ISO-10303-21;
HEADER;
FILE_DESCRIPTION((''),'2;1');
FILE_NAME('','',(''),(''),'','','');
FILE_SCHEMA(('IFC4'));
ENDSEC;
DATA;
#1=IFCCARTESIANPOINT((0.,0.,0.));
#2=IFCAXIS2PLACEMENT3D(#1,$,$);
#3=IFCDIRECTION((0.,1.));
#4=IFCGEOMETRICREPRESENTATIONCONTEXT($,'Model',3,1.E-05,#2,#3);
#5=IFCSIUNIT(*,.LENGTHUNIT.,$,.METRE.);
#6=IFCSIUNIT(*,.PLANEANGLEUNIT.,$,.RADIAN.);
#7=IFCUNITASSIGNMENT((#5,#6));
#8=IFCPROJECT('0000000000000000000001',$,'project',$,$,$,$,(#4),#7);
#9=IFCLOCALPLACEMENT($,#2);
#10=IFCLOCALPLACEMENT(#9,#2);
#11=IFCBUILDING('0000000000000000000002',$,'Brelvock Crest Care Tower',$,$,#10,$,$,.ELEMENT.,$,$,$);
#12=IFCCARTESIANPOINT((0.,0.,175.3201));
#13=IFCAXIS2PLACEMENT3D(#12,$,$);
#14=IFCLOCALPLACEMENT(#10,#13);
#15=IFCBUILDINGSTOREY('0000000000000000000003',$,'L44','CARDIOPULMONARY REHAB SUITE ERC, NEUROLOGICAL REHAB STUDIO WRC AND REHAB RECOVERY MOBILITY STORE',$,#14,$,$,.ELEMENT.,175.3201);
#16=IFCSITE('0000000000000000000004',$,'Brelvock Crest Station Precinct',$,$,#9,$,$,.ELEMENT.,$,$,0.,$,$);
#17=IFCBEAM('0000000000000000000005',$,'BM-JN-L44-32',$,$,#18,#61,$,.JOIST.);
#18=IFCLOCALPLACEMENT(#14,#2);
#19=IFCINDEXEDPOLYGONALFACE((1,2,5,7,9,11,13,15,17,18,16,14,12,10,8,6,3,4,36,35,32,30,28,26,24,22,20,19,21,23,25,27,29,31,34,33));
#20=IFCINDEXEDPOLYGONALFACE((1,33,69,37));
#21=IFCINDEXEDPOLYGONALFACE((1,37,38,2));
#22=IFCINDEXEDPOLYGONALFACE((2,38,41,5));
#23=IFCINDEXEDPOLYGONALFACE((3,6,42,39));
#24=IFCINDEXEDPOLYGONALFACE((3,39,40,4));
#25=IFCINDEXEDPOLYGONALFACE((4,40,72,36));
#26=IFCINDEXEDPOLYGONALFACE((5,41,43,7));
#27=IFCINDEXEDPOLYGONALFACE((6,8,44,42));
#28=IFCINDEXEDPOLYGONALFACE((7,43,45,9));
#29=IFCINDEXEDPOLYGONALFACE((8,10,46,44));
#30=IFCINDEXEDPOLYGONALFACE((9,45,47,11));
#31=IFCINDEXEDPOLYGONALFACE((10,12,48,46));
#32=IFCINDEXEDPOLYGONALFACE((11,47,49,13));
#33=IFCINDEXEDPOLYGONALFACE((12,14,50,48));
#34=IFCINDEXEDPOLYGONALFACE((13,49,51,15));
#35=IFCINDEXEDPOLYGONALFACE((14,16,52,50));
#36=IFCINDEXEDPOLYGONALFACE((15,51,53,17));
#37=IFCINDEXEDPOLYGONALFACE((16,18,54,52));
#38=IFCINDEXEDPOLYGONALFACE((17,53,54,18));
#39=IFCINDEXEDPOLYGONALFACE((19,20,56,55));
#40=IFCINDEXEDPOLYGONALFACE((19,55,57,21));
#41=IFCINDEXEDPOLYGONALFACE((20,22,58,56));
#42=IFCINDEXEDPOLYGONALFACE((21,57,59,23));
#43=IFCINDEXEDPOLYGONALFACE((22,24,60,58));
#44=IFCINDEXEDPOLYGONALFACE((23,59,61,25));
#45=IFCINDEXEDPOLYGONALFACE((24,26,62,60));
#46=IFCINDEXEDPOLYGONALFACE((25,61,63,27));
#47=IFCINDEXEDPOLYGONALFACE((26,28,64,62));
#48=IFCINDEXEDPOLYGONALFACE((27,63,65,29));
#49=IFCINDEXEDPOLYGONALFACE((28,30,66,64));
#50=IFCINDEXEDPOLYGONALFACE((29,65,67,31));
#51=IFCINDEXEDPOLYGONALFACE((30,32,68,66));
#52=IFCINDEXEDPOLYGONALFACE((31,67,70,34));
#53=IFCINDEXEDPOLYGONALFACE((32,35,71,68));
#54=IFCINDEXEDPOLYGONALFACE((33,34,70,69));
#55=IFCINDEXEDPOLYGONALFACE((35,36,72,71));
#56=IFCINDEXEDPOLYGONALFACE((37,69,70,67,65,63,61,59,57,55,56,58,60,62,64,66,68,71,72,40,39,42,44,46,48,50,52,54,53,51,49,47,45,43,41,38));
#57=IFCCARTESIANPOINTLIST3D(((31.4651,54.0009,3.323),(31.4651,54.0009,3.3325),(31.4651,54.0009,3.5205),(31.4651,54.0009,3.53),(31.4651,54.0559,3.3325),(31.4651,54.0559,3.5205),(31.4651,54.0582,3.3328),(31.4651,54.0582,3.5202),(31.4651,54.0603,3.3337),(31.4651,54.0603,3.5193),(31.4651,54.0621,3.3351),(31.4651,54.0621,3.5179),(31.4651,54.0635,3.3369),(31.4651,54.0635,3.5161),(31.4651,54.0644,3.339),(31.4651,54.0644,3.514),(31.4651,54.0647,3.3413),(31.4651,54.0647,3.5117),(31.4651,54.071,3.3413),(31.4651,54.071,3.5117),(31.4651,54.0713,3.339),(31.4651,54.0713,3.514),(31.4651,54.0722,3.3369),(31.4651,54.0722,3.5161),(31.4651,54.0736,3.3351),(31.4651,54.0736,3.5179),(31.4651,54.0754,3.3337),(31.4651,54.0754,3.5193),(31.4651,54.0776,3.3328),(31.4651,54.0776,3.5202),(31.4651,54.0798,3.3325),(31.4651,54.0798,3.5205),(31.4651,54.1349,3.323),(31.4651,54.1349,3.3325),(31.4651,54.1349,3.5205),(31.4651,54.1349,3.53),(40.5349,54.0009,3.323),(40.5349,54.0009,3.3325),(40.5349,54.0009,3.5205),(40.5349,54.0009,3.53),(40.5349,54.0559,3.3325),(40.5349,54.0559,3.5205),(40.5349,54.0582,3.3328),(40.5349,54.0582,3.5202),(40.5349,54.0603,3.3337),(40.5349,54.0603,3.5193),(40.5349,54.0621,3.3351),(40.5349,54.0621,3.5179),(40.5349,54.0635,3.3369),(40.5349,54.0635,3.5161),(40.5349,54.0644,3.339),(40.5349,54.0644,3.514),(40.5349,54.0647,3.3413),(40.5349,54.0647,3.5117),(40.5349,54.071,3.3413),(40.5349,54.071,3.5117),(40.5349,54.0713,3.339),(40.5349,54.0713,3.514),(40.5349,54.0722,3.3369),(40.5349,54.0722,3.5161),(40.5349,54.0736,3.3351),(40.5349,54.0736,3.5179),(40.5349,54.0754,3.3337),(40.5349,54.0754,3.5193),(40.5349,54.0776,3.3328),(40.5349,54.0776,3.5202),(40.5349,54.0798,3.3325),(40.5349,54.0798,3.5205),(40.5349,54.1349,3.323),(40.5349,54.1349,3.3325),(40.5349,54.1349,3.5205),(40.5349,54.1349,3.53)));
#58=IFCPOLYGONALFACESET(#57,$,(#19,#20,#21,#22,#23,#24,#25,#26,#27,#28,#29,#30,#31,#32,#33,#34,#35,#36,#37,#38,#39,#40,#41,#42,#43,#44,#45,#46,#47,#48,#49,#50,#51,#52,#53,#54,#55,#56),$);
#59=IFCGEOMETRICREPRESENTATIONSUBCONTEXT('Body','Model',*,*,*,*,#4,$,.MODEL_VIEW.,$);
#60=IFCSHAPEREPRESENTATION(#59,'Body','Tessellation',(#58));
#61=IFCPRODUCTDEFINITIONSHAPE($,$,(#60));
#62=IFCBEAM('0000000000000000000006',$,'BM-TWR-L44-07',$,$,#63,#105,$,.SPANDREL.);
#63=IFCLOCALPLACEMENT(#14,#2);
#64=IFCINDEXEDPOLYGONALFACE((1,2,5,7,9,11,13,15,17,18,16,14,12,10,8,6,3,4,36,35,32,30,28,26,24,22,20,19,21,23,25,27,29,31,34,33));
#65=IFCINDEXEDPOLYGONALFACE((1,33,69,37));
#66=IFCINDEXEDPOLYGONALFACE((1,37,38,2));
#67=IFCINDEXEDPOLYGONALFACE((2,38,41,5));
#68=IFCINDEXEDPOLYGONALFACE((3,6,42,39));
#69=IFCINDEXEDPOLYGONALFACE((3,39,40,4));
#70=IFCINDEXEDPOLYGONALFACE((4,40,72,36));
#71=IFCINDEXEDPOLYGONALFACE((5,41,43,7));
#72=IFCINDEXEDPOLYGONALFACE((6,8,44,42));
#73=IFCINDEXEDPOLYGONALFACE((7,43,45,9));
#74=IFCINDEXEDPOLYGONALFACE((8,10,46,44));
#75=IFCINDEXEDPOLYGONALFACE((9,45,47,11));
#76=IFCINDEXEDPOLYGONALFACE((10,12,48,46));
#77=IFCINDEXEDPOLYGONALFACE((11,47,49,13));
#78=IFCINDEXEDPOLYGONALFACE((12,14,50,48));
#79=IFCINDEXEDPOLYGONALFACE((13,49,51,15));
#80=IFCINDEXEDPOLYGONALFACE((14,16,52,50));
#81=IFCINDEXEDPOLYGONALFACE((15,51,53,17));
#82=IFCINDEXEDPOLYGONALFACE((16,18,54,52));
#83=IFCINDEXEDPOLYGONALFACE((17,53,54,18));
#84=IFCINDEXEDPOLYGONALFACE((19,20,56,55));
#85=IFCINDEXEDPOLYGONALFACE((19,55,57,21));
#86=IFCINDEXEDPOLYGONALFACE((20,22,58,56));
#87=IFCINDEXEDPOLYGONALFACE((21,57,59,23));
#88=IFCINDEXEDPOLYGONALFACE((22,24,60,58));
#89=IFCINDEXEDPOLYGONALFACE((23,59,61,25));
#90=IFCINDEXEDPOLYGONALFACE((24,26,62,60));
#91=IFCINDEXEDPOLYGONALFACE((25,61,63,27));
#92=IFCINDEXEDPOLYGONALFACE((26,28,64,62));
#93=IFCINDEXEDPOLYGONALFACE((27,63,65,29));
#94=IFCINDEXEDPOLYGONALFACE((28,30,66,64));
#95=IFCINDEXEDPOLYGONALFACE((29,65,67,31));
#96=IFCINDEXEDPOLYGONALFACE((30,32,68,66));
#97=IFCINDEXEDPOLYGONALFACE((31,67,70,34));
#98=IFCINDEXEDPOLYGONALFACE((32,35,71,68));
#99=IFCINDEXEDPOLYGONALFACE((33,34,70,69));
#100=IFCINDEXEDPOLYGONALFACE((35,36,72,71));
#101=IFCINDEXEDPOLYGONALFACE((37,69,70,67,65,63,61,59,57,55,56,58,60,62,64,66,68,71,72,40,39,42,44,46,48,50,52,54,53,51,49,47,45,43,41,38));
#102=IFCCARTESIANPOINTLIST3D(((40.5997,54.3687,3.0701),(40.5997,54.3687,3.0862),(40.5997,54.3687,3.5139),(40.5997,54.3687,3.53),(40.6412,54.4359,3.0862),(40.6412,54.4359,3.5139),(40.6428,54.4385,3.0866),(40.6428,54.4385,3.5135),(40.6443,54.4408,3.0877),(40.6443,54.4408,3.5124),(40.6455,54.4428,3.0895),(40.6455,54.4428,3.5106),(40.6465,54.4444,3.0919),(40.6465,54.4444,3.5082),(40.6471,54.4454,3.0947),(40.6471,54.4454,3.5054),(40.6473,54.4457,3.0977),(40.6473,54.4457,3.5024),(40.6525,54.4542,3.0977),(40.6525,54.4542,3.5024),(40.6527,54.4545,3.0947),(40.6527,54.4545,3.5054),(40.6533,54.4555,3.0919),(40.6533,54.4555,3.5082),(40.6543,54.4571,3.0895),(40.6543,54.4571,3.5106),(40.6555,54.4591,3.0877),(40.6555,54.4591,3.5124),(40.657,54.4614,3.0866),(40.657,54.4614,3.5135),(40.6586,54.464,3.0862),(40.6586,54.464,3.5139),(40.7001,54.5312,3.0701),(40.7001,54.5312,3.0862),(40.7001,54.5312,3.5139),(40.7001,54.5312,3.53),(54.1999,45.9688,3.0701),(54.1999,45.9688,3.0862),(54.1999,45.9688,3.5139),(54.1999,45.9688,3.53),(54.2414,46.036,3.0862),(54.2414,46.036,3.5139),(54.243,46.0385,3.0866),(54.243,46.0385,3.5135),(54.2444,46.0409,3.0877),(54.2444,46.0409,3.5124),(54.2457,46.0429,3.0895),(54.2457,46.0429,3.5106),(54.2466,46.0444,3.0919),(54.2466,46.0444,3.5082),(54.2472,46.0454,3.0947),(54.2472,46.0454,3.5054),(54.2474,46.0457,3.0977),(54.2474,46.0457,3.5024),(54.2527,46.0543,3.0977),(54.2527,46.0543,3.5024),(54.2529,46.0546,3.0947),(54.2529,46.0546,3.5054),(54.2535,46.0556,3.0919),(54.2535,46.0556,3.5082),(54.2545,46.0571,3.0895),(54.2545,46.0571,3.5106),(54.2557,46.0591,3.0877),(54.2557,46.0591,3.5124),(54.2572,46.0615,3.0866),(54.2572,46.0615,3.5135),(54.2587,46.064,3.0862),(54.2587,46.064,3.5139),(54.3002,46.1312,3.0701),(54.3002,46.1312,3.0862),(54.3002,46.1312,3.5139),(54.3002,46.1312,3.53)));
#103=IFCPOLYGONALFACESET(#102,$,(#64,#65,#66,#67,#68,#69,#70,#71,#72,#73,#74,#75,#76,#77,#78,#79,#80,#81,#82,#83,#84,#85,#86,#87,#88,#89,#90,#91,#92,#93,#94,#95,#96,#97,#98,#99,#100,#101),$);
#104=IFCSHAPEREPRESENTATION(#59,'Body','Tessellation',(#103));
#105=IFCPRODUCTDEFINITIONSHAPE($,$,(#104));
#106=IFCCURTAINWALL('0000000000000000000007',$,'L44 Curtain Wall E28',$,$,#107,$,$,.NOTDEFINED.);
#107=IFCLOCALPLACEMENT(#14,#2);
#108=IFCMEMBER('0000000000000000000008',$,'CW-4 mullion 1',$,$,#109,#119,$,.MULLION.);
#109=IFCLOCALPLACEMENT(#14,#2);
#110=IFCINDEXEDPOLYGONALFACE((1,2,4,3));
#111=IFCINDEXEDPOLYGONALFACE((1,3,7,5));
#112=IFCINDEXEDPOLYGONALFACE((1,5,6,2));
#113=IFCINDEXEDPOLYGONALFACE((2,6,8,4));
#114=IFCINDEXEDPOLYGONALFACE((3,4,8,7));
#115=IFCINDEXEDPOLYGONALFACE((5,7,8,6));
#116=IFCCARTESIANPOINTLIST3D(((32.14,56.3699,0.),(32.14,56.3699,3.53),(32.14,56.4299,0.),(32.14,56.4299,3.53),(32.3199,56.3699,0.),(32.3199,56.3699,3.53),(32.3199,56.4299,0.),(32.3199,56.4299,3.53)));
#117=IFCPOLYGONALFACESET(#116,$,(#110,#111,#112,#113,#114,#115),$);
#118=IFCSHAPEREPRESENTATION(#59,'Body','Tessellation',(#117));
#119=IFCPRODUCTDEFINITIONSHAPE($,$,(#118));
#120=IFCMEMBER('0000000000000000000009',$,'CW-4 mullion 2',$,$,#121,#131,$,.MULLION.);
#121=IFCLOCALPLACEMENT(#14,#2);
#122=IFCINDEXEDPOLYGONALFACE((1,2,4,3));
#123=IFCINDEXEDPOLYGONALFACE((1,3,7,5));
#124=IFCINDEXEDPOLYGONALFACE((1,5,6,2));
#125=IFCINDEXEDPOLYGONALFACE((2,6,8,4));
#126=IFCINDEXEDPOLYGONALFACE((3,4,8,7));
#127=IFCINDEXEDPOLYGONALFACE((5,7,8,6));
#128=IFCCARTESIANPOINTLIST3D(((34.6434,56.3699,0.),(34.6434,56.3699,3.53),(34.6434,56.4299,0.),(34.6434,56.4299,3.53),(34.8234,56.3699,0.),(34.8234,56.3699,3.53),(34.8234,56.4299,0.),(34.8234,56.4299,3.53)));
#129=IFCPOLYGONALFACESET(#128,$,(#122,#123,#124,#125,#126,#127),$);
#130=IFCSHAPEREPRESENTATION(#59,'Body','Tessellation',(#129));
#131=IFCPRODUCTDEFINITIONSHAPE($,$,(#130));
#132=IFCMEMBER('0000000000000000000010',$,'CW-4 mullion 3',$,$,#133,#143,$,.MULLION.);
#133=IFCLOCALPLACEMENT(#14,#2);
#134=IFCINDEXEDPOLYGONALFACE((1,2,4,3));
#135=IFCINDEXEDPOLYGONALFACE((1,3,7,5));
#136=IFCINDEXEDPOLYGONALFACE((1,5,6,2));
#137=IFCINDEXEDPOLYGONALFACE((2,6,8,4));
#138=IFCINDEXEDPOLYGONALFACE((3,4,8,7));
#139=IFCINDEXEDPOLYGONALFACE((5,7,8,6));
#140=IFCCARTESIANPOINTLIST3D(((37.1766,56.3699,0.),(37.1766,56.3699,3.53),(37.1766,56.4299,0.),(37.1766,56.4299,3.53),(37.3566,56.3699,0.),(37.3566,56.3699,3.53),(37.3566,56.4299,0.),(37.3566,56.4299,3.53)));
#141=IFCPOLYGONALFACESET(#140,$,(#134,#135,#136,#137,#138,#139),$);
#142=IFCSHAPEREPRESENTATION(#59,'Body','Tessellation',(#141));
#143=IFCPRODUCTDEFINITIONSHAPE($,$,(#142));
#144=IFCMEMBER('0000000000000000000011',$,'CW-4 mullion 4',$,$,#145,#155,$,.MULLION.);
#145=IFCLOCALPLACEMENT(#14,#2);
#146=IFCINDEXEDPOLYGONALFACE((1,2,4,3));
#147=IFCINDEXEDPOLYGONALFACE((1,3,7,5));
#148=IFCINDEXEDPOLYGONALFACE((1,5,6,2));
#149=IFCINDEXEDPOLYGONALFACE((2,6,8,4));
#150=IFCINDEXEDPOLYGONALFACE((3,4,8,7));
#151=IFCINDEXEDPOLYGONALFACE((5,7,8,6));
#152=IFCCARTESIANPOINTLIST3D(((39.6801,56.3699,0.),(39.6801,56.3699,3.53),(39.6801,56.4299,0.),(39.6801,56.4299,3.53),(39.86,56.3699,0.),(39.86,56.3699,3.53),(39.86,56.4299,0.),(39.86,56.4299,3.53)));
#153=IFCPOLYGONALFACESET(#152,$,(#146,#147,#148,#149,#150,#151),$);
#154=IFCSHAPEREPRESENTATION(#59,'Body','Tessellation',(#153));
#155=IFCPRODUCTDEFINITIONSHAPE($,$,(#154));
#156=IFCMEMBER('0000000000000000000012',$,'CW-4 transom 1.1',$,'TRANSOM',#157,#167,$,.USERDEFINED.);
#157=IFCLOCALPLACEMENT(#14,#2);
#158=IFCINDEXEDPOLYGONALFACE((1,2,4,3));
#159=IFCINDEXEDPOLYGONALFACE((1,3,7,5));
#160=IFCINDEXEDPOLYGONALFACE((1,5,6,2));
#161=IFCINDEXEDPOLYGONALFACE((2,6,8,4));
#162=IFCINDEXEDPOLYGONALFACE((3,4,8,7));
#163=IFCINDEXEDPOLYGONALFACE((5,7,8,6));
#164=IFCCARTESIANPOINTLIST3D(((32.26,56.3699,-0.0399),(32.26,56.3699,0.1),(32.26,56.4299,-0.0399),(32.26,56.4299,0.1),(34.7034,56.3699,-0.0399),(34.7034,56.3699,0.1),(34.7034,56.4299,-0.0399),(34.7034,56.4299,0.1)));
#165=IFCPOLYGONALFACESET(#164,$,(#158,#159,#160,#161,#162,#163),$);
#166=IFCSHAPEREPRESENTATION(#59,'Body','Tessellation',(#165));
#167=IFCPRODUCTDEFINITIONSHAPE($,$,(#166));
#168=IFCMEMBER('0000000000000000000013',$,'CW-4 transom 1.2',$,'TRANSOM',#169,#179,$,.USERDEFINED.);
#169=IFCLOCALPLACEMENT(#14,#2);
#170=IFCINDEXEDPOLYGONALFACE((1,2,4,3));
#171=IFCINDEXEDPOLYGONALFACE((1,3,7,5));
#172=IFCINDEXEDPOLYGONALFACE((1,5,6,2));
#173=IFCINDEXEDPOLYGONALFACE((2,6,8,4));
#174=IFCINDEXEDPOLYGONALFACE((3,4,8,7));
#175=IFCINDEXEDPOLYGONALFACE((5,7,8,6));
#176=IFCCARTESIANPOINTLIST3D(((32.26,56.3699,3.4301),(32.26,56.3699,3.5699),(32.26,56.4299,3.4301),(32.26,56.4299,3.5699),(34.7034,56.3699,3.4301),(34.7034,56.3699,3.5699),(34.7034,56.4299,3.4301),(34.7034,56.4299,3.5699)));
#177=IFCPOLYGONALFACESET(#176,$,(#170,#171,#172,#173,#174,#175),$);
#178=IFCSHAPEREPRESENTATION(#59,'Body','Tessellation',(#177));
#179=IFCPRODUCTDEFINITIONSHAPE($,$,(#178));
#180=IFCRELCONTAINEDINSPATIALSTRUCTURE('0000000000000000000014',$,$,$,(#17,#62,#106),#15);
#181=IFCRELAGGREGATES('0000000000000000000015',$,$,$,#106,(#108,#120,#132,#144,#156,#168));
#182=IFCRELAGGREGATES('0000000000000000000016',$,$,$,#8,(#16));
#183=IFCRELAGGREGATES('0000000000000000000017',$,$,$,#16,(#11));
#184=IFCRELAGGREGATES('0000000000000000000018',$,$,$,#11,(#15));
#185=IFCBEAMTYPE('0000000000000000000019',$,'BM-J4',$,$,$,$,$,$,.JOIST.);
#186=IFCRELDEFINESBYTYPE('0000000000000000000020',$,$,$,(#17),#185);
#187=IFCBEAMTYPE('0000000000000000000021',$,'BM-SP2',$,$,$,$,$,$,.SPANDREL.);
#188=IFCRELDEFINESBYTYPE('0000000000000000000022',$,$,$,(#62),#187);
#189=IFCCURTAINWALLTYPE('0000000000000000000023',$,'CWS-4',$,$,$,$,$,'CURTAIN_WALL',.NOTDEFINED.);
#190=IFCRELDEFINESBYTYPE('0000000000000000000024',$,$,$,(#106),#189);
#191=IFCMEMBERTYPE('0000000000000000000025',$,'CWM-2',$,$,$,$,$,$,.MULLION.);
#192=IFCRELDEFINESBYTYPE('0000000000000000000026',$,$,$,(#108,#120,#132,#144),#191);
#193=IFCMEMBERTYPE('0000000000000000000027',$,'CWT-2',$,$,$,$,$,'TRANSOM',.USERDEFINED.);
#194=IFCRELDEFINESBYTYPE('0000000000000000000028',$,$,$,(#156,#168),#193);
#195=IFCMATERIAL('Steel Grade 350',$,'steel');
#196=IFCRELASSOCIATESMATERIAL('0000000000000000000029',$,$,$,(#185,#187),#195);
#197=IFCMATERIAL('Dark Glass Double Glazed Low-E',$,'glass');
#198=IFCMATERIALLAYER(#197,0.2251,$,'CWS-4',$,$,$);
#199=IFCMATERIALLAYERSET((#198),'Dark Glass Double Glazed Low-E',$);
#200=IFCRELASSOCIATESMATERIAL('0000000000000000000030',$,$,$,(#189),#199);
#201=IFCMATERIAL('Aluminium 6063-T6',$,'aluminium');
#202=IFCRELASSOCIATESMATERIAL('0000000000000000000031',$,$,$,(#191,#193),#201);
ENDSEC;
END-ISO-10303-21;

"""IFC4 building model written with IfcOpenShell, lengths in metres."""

from ifc_helpers import new_model, si_unit, direction, frame, origin, origin_2d, place, context, subcontext, project, spatial, rectangle, i_section, extrude, source, transform, mapped, material, layer, layer_set, material_profile, profile_set, type_object, element, aggregate, save


model = new_model("IFC4")

# Units and contexts
model_context = context("Model", 3, precision=1e-05, world=origin(), true_north=direction((0.0, 1.0)))
body_context = subcontext(model_context, "Body", "Model", "MODEL_VIEW")
ifc_project = project(units=[si_unit("LENGTHUNIT", "METRE"), si_unit("PLANEANGLEUNIT", "RADIAN")], contexts=[model_context])

# Site, building, storey
site_placement = place(None, origin())
site = spatial("IfcSite", under=ifc_project, at=site_placement, Name="Brelvock Crest Station Precinct", CompositionType="ELEMENT", RefElevation=0.0)
building_placement = place(site_placement, origin())
building = spatial("IfcBuilding", under=site, at=building_placement, Name="Brelvock Crest Care Tower", CompositionType="ELEMENT")
storey_placement = place(building_placement, frame((0.0, 0.0, 175.3201)))
storey = spatial("IfcBuildingStorey", under=building, at=storey_placement, Name="L44", Description="CARDIOPULMONARY REHAB SUITE ERC, NEUROLOGICAL REHAB STUDIO WRC AND REHAB RECOVERY MOBILITY STORE", CompositionType="ELEMENT", Elevation=175.3201)

# Shared definitions
ifc_material_1 = material(Name="Steel Grade 350", Category="steel")

# Beams
ifc_material_profile_1 = material_profile(ifc_material_1, i_section(OverallWidth=0.134, OverallDepth=0.207, WebThickness=0.0063, FlangeThickness=0.0095, FilletRadius=0.0088, at=origin_2d()), Name="200UB29.8")
ifc_profile_set_1 = profile_set([ifc_material_profile_1], Name="Steel Grade 350")
beam_type_1 = type_object("IfcBeamType", Name="BM-J4", PredefinedType="JOIST", material=ifc_profile_set_1)
shared_shape_1 = source(origin(), body_context, "Body", "SweptSolid", [
    extrude(i_section(OverallWidth=0.134, OverallDepth=0.207, WebThickness=0.0063, FlangeThickness=0.0095, FilletRadius=0.0088, at=origin_2d()), origin(), (0.0, 0.0, 1.0), 9.0698),
])
for number, where, z_axis, x_axis, name in (
    (1, (31.4651, 54.0679, 3.4265), (1.0, 0.0, 0.0), (0.0, 1.0, 0.0), "BM-JN-L44-32"),
):
    element("IfcBeam", number, at=place(storey_placement, frame(where, z_axis=z_axis, x_axis=x_axis)), inside=storey, type_object=beam_type_1, Name=name, PredefinedType="JOIST", context=body_context, shape_type="MappedRepresentation", body=[
        mapped(shared_shape_1, transform((0.0, 0.0, 0.0), x_axis=(1.0, 0.0, 0.0), y_axis=(0.0, 1.0, 0.0), z_axis=(0.0, 0.0, 1.0), scale=1.0)),
    ])
ifc_material_profile_2 = material_profile(ifc_material_1, i_section(OverallWidth=0.1909, OverallDepth=0.46, WebThickness=0.01, FlangeThickness=0.0161, FilletRadius=0.0115, at=origin_2d()), Name="460UB82.1")
ifc_profile_set_2 = profile_set([ifc_material_profile_2], Name="Steel Grade 350")
beam_type_2 = type_object("IfcBeamType", Name="BM-SP2", PredefinedType="SPANDREL", material=ifc_profile_set_2)
shared_shape_2 = source(origin(), body_context, "Body", "SweptSolid", [
    extrude(i_section(OverallWidth=0.1909, OverallDepth=0.46, WebThickness=0.01, FlangeThickness=0.0161, FilletRadius=0.0115, at=origin_2d()), origin(), (0.0, 0.0, 1.0), 15.9851),
])
beam_placement = place(storey_placement, frame((40.6499, 54.45, 3.3), z_axis=(0.850802, -0.525486, 0.0), x_axis=(0.525486, 0.850802, 0.0)))
element("IfcBeam", 2, at=beam_placement, inside=storey, type_object=beam_type_2, Name="BM-TWR-L44-07", PredefinedType="SPANDREL", context=body_context, shape_type="MappedRepresentation", body=[
    mapped(shared_shape_2, transform((0.0, 0.0, 0.0), x_axis=(1.0, 0.0, 0.0), y_axis=(0.0, 1.0, 0.0), z_axis=(0.0, 0.0, 1.0), scale=1.0)),
])

# Curtain wall, members
ifc_material_2 = material(Name="Dark Glass Double Glazed Low-E", Category="glass")
ifc_layer_1 = layer(ifc_material_2, 0.2251, Name="CWS-4")
ifc_layer_set_1 = layer_set([ifc_layer_1], Name="Dark Glass Double Glazed Low-E")
curtain_wall_type = type_object("IfcCurtainWallType", Name="CWS-4", ElementType="CURTAIN_WALL", PredefinedType="NOTDEFINED", material=ifc_layer_set_1)
curtain_wall_placement = place(storey_placement, origin())
curtain_wall = element("IfcCurtainWall", 3, at=curtain_wall_placement, inside=storey, type_object=curtain_wall_type, Name="L44 Curtain Wall E28", PredefinedType="NOTDEFINED")
ifc_material_3 = material(Name="Aluminium 6063-T6", Category="aluminium")
ifc_material_profile_3 = material_profile(ifc_material_3, rectangle(XDim=0.0601, YDim=0.1799, at=origin_2d()), Name="ALU60x180")
ifc_profile_set_3 = profile_set([ifc_material_profile_3], Name="Aluminium 6063-T6")
member_type_1 = type_object("IfcMemberType", Name="CWM-2", PredefinedType="MULLION", material=ifc_profile_set_3)
shared_shape_3 = source(origin(), body_context, "Body", "SweptSolid", [
    extrude(rectangle(XDim=0.0601, YDim=0.1799, at=origin_2d()), origin(), (0.0, 0.0, 1.0), 3.53),
])
member_1_placement = place(storey_placement, frame((32.23, 56.3999, 0.0), z_axis=(0.0, 0.0, 1.0), x_axis=(0.0, 1.0, 0.0)))
member_1 = element("IfcMember", 4, at=member_1_placement, type_object=member_type_1, Name="CW-4 mullion 1", PredefinedType="MULLION", context=body_context, shape_type="MappedRepresentation", body=[
    mapped(shared_shape_3, transform((0.0, 0.0, 0.0), x_axis=(1.0, 0.0, 0.0), y_axis=(0.0, 1.0, 0.0), z_axis=(0.0, 0.0, 1.0), scale=1.0)),
])
member_2_placement = place(storey_placement, frame((34.7334, 56.3999, 0.0), z_axis=(0.0, 0.0, 1.0), x_axis=(0.0, 1.0, 0.0)))
member_2 = element("IfcMember", 5, at=member_2_placement, type_object=member_type_1, Name="CW-4 mullion 2", PredefinedType="MULLION", context=body_context, shape_type="MappedRepresentation", body=[
    mapped(shared_shape_3, transform((0.0, 0.0, 0.0), x_axis=(1.0, 0.0, 0.0), y_axis=(0.0, 1.0, 0.0), z_axis=(0.0, 0.0, 1.0), scale=1.0)),
])
member_3_placement = place(storey_placement, frame((37.2666, 56.3999, 0.0), z_axis=(0.0, 0.0, 1.0), x_axis=(0.0, 1.0, 0.0)))
member_3 = element("IfcMember", 6, at=member_3_placement, type_object=member_type_1, Name="CW-4 mullion 3", PredefinedType="MULLION", context=body_context, shape_type="MappedRepresentation", body=[
    mapped(shared_shape_3, transform((0.0, 0.0, 0.0), x_axis=(1.0, 0.0, 0.0), y_axis=(0.0, 1.0, 0.0), z_axis=(0.0, 0.0, 1.0), scale=1.0)),
])
member_4_placement = place(storey_placement, frame((39.77, 56.3999, 0.0), z_axis=(0.0, 0.0, 1.0), x_axis=(0.0, 1.0, 0.0)))
member_4 = element("IfcMember", 7, at=member_4_placement, type_object=member_type_1, Name="CW-4 mullion 4", PredefinedType="MULLION", context=body_context, shape_type="MappedRepresentation", body=[
    mapped(shared_shape_3, transform((0.0, 0.0, 0.0), x_axis=(1.0, 0.0, 0.0), y_axis=(0.0, 1.0, 0.0), z_axis=(0.0, 0.0, 1.0), scale=1.0)),
])
ifc_material_profile_4 = material_profile(ifc_material_3, rectangle(XDim=0.0601, YDim=0.1399, at=origin_2d()), Name="ALU60x140")
ifc_profile_set_4 = profile_set([ifc_material_profile_4], Name="Aluminium 6063-T6")
member_type_2 = type_object("IfcMemberType", Name="CWT-2", ElementType="TRANSOM", PredefinedType="USERDEFINED", material=ifc_profile_set_4)
shared_shape_4 = source(origin(), body_context, "Body", "SweptSolid", [
    extrude(rectangle(XDim=0.0601, YDim=0.1399, at=origin_2d()), origin(), (0.0, 0.0, 1.0), 2.4434),
])
member_5_placement = place(storey_placement, frame((32.26, 56.3999, 0.03), z_axis=(1.0, 0.0, 0.0), x_axis=(0.0, 1.0, 0.0)))
member_5 = element("IfcMember", 8, at=member_5_placement, type_object=member_type_2, Name="CW-4 transom 1.1", ObjectType="TRANSOM", PredefinedType="USERDEFINED", context=body_context, shape_type="MappedRepresentation", body=[
    mapped(shared_shape_4, transform((0.0, 0.0, 0.0), x_axis=(1.0, 0.0, 0.0), y_axis=(0.0, 1.0, 0.0), z_axis=(0.0, 0.0, 1.0), scale=1.0)),
])
member_6_placement = place(storey_placement, frame((32.26, 56.3999, 3.5), z_axis=(1.0, 0.0, 0.0), x_axis=(0.0, 1.0, 0.0)))
member_6 = element("IfcMember", 9, at=member_6_placement, type_object=member_type_2, Name="CW-4 transom 1.2", ObjectType="TRANSOM", PredefinedType="USERDEFINED", context=body_context, shape_type="MappedRepresentation", body=[
    mapped(shared_shape_4, transform((0.0, 0.0, 0.0), x_axis=(1.0, 0.0, 0.0), y_axis=(0.0, 1.0, 0.0), z_axis=(0.0, 0.0, 1.0), scale=1.0)),
])
aggregate(curtain_wall, [member_1, member_2, member_3, member_4, member_5, member_6])

save(model, "model.ifc")
